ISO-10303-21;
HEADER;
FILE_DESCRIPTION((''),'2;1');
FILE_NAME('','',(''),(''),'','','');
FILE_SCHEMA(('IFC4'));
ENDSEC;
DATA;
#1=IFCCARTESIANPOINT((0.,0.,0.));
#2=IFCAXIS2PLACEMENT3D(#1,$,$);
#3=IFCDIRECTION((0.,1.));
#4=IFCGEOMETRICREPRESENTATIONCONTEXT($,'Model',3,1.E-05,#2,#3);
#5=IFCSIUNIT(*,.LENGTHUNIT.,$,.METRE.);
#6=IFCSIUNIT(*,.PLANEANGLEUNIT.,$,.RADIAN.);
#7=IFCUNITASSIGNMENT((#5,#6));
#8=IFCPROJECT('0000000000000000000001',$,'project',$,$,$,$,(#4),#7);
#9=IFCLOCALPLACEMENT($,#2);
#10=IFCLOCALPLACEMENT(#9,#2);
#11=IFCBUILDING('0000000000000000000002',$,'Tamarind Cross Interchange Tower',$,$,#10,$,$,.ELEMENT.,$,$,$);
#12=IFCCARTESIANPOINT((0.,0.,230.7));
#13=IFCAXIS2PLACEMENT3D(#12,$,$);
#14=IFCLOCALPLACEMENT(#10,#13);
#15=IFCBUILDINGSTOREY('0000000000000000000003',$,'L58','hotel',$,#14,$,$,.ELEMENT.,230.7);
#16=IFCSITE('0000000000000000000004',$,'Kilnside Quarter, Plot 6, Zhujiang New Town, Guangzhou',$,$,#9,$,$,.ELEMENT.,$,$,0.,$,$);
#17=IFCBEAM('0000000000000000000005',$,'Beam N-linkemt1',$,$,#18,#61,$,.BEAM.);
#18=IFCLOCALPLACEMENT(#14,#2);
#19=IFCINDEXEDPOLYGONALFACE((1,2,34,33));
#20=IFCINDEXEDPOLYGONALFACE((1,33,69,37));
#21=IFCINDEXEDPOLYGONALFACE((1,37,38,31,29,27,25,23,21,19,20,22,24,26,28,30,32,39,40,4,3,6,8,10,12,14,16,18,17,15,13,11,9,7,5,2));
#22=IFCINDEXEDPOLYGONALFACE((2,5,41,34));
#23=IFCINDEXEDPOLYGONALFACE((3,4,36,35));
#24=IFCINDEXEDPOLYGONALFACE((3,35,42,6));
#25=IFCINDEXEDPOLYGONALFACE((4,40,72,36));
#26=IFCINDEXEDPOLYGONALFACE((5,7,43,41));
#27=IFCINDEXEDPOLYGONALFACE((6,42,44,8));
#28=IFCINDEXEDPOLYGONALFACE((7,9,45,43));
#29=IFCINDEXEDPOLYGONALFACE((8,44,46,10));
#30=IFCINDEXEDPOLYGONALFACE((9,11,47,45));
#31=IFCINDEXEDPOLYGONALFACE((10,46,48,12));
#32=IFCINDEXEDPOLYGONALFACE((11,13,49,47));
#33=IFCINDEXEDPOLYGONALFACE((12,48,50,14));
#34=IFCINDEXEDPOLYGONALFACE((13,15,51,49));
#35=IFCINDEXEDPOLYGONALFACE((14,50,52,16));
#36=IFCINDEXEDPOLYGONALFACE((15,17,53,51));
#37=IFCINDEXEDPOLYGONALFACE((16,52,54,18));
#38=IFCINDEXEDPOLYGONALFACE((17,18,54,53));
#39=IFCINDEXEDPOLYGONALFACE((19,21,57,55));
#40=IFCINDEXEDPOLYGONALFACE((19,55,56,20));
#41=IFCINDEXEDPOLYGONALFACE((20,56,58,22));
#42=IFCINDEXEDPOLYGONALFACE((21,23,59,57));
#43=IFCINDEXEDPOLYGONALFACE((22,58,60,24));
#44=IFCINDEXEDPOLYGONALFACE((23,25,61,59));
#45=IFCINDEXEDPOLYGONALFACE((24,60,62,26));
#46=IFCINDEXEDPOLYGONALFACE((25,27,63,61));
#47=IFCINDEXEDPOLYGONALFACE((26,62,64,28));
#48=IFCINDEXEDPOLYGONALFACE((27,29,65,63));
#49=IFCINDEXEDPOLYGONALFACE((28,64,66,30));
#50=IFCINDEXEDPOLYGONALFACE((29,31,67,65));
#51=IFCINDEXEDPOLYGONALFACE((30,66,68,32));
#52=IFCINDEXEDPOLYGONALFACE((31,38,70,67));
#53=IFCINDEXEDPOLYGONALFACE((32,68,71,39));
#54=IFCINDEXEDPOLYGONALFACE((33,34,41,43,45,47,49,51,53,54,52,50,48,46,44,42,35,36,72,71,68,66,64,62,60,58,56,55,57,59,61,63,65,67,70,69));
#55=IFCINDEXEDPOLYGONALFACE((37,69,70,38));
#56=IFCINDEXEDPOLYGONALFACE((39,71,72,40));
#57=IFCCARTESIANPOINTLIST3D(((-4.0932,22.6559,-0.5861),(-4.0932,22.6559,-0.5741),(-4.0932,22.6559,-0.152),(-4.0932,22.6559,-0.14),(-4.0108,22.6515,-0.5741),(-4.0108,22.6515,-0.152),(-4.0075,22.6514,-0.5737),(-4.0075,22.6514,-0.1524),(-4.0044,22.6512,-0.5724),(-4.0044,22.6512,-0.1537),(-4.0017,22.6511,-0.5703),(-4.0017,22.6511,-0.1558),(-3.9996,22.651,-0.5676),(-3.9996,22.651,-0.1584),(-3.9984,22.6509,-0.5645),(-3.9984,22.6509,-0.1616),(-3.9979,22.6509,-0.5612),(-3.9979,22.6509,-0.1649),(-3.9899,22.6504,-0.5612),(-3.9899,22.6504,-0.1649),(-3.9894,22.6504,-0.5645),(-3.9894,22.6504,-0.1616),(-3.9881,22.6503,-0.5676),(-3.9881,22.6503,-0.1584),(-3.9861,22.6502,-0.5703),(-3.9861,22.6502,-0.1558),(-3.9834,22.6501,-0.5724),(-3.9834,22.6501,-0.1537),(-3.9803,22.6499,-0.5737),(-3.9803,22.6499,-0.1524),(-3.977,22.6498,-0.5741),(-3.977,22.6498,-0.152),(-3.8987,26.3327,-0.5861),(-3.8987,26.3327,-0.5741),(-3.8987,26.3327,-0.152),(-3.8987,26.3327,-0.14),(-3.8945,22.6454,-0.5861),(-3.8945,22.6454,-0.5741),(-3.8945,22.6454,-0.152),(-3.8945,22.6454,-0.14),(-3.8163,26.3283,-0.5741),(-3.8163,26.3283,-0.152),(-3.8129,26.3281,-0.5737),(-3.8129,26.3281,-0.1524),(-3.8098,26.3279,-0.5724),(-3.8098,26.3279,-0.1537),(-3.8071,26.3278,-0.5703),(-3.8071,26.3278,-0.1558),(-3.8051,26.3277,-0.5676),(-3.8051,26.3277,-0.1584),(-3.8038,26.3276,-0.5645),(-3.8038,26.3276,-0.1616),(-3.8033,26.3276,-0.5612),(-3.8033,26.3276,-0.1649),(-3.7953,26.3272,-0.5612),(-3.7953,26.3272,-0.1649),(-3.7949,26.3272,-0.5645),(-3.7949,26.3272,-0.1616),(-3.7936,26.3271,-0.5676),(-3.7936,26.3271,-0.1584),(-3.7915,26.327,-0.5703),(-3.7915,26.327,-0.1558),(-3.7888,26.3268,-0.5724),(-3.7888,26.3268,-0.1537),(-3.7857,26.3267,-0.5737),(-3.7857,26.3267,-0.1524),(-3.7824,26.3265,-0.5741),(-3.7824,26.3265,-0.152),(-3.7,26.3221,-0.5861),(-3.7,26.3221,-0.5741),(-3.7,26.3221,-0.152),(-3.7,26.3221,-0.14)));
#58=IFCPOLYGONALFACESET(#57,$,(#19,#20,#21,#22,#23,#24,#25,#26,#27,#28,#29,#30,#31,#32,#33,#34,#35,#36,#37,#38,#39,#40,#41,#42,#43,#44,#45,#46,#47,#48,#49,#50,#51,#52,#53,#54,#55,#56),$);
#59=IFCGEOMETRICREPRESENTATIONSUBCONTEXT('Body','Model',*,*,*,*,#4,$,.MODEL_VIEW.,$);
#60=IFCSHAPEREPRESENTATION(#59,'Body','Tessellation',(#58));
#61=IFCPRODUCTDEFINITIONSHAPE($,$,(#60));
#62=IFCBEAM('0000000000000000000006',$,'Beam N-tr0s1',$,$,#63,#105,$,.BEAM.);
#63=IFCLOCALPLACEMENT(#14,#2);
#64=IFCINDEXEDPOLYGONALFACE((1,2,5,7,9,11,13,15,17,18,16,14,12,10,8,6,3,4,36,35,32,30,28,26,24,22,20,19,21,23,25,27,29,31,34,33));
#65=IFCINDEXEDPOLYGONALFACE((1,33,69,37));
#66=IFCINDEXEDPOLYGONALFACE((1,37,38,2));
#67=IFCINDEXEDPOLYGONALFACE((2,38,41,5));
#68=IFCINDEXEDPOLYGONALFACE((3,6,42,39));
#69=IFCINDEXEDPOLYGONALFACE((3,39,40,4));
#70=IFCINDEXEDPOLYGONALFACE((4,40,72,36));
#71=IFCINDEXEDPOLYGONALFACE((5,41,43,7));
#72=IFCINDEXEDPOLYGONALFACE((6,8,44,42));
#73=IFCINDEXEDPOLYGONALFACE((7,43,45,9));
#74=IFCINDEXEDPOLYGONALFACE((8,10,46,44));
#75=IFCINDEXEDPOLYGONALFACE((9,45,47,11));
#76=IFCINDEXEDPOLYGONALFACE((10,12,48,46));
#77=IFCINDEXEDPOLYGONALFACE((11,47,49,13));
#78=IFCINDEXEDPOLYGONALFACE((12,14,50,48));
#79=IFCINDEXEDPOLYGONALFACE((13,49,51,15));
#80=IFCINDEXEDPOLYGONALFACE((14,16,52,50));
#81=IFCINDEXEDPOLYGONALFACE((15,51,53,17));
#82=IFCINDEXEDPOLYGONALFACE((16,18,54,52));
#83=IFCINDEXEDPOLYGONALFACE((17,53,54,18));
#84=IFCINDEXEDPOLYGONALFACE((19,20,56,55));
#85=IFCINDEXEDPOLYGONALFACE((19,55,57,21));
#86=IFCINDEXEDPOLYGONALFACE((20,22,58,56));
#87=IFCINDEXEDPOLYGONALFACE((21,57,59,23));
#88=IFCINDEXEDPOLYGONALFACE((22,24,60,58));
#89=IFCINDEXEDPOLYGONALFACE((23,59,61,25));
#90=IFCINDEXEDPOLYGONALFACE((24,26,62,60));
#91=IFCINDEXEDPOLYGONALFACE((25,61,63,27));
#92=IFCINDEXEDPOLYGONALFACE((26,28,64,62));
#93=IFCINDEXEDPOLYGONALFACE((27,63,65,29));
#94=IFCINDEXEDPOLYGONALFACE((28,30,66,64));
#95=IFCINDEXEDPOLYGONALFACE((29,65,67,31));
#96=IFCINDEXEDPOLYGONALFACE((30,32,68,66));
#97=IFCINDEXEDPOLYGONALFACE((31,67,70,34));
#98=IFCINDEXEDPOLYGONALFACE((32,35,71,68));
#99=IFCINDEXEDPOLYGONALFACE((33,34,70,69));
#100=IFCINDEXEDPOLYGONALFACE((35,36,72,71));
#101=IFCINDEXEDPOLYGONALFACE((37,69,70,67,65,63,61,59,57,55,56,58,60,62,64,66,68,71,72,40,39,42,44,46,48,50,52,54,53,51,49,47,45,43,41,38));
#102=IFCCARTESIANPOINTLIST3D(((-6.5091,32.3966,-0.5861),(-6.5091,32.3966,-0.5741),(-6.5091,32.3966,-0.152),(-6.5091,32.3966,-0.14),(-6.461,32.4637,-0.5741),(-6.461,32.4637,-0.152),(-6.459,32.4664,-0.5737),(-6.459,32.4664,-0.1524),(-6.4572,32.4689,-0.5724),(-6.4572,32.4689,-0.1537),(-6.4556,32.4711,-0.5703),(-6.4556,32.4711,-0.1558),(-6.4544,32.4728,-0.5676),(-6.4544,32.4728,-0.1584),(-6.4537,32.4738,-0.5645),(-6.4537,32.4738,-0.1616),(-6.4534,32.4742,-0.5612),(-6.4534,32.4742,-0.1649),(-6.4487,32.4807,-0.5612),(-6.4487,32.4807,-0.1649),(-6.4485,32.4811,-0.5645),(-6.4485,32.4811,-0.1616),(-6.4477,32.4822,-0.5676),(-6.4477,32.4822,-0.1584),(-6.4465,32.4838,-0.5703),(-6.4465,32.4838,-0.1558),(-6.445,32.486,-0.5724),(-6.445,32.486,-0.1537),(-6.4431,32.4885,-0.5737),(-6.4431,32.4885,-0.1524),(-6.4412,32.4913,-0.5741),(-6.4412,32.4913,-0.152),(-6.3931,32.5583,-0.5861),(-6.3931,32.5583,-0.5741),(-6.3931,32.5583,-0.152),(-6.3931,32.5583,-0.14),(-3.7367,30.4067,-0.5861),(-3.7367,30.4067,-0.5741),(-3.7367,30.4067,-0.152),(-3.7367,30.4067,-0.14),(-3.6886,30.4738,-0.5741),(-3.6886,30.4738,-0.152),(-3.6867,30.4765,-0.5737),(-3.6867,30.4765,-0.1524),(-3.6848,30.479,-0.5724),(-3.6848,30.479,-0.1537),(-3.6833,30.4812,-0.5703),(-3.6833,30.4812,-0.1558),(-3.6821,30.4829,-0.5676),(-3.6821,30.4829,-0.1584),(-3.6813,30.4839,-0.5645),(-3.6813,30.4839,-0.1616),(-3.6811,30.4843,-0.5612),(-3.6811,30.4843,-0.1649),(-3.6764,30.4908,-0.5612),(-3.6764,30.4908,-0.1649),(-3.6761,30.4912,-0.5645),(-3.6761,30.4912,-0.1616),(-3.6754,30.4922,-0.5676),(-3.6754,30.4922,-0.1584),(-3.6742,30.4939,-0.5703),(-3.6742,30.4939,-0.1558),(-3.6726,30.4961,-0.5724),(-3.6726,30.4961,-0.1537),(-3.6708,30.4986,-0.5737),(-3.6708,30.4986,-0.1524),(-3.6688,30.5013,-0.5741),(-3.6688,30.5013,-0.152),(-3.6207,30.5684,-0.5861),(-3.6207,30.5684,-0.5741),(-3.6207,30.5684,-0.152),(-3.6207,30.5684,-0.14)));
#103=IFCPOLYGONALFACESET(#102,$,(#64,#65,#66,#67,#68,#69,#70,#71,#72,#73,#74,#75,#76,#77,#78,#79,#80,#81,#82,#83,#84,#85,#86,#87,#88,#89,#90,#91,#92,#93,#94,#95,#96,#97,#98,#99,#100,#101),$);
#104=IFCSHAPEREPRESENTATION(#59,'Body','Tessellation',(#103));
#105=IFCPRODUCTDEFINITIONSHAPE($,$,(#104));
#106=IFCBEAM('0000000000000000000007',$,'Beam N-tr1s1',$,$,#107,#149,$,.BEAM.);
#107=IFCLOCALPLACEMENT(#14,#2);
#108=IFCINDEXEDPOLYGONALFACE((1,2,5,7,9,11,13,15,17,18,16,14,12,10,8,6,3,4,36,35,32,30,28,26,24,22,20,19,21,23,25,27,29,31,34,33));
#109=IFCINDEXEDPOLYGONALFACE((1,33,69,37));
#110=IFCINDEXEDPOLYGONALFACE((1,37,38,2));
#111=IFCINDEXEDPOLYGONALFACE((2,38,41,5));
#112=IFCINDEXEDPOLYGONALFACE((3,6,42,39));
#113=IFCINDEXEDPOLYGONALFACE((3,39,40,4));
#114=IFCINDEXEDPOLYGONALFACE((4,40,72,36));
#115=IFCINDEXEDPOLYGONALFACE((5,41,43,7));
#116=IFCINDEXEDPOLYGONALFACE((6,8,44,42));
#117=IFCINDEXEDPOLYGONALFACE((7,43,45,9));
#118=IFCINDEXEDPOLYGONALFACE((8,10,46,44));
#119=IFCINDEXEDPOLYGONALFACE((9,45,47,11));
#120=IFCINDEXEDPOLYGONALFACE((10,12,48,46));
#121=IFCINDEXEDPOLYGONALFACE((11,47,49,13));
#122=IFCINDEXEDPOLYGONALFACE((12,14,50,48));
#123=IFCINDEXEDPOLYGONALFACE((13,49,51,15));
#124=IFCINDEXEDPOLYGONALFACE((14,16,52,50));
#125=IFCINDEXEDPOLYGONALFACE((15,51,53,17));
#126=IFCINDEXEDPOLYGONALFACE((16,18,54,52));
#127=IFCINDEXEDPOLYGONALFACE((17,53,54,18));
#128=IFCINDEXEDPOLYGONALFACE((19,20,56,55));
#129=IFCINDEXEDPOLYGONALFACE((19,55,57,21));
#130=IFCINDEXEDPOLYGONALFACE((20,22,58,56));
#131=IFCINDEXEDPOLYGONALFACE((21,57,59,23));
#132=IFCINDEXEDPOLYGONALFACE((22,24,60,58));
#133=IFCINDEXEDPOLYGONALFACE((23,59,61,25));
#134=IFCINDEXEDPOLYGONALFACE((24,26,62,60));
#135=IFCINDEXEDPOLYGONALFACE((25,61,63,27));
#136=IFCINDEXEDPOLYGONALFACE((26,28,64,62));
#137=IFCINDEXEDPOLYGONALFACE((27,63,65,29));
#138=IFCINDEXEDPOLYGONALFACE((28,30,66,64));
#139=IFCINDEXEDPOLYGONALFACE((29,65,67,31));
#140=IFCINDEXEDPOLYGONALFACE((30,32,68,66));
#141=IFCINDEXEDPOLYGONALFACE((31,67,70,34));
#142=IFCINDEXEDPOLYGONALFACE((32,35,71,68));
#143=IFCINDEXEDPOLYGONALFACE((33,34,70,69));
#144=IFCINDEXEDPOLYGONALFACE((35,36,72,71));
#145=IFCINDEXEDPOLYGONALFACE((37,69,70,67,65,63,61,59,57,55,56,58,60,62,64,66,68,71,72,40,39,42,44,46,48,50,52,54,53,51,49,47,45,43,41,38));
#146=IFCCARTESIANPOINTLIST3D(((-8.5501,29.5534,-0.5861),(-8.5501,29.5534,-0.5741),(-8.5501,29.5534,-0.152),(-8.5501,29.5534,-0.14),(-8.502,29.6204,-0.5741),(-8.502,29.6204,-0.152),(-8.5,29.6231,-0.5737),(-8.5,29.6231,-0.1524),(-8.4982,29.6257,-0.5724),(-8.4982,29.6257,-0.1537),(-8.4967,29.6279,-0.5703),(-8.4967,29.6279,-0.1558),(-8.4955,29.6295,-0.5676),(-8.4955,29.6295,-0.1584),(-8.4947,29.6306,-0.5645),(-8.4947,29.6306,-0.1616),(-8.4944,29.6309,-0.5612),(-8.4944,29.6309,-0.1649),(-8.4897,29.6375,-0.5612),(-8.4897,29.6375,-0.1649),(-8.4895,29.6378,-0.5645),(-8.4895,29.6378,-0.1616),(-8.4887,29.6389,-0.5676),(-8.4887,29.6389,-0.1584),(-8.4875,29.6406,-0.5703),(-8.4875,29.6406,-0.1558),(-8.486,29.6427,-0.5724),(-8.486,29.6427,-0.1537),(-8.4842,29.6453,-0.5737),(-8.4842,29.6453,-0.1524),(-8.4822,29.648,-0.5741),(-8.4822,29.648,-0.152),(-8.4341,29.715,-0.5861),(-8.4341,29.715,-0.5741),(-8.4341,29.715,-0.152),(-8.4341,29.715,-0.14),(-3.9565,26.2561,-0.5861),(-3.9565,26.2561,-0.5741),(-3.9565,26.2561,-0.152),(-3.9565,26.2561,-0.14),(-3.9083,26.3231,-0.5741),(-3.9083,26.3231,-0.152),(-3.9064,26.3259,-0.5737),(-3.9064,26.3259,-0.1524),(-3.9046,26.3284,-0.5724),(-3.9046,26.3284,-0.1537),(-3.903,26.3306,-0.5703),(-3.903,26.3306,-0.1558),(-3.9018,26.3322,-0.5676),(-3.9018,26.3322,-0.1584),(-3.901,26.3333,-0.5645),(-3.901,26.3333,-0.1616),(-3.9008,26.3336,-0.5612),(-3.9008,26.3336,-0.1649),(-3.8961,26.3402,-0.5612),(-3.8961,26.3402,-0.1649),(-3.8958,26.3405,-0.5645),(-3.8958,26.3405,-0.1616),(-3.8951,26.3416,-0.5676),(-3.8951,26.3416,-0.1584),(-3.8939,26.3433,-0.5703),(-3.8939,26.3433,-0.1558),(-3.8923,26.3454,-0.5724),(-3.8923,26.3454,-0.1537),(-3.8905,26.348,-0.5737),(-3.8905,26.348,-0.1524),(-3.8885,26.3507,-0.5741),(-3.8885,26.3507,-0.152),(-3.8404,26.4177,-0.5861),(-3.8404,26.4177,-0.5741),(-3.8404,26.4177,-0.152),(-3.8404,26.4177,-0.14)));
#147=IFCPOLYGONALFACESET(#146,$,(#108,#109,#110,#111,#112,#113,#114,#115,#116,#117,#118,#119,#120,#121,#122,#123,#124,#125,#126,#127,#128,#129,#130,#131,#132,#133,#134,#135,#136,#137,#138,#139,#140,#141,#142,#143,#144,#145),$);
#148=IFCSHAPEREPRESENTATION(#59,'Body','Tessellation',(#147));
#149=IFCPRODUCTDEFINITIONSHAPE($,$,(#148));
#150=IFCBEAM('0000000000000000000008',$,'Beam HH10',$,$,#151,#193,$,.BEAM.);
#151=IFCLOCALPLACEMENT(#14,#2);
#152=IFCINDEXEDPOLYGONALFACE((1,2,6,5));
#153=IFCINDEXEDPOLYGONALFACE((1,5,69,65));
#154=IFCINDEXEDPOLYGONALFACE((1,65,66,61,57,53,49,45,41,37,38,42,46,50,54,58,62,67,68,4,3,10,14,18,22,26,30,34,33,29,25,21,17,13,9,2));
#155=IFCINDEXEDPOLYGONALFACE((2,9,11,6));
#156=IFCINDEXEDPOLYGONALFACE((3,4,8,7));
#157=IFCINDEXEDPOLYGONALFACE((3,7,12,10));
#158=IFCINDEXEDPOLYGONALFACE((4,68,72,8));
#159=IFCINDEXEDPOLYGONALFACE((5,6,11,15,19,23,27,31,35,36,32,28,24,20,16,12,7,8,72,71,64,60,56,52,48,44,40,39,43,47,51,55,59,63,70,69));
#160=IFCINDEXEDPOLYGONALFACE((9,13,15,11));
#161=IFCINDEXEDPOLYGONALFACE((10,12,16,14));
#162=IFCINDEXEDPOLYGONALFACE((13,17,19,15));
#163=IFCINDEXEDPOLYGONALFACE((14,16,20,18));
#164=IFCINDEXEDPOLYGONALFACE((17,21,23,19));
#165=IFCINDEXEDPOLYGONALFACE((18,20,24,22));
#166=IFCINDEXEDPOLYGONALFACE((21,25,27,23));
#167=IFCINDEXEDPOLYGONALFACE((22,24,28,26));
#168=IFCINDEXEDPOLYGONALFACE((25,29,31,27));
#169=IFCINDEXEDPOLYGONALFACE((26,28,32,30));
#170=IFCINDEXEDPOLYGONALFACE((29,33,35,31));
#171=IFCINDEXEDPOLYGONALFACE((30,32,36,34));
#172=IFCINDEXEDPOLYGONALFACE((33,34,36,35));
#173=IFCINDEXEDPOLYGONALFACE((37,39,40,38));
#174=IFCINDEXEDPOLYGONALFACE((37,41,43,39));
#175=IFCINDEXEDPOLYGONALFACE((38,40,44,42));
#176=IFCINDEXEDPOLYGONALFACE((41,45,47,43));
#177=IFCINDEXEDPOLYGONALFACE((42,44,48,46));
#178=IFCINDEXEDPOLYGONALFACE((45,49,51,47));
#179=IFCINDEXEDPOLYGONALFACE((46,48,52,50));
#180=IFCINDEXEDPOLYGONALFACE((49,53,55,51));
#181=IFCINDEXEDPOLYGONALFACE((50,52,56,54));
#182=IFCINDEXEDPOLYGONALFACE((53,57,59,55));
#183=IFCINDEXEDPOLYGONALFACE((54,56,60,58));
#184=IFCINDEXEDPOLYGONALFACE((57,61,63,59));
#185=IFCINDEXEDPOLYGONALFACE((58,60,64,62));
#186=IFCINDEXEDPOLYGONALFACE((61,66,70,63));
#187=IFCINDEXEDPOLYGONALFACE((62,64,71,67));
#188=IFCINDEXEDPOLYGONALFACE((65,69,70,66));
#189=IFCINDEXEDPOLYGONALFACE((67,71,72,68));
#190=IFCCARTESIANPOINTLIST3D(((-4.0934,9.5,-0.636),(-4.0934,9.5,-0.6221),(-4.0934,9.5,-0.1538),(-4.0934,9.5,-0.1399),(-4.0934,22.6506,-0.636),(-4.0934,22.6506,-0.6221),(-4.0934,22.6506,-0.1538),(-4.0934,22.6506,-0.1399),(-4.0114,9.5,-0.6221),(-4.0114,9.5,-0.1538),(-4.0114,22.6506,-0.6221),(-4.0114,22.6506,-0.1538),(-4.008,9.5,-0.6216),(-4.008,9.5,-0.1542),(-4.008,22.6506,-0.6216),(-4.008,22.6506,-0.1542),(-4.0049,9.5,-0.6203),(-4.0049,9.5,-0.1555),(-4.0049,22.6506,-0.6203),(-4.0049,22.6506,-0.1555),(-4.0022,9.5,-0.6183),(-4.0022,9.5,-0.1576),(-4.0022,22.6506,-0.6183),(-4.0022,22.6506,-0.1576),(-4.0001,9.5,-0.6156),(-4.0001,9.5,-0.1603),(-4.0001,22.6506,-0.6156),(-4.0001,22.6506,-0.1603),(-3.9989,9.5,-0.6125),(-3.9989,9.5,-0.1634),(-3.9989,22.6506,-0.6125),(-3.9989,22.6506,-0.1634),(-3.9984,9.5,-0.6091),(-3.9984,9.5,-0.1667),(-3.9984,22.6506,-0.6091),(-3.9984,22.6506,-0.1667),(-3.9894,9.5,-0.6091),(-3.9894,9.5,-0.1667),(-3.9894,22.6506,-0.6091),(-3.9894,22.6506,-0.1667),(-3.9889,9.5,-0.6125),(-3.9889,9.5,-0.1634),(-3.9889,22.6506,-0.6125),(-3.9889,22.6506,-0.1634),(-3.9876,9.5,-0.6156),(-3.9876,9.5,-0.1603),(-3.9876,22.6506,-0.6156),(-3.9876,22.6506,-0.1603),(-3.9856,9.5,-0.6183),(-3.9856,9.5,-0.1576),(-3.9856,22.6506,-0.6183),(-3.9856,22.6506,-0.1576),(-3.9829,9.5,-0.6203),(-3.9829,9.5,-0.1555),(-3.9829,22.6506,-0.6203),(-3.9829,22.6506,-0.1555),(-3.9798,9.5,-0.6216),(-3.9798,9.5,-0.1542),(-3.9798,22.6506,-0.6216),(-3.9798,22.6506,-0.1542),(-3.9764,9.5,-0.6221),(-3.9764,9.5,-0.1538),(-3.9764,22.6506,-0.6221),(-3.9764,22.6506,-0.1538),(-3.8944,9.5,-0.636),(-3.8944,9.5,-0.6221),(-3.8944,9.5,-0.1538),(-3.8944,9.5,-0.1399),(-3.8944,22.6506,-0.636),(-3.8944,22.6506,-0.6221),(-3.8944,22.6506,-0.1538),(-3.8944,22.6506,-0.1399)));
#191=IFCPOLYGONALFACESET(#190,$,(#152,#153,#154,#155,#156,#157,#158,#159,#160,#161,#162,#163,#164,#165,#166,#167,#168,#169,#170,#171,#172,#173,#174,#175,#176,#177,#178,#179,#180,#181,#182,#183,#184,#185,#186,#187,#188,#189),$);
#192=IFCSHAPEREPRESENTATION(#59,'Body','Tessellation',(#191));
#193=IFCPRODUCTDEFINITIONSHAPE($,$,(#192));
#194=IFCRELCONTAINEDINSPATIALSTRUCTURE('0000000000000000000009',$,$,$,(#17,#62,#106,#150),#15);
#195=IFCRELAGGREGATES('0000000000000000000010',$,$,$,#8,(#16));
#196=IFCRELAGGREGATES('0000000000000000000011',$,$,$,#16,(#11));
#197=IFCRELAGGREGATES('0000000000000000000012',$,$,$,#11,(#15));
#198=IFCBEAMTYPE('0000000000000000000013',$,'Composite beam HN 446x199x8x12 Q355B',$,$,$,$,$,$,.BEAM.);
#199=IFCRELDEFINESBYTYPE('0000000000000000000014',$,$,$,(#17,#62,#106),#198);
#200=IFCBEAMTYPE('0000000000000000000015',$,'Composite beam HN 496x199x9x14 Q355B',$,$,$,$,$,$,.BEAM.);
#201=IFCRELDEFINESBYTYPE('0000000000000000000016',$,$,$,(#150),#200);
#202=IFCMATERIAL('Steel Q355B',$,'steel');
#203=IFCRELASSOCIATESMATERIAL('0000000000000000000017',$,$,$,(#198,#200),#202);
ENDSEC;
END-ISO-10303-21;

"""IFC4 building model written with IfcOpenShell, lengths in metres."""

from ifc_helpers import new_model, si_unit, direction, frame, origin, origin_2d, place, context, subcontext, project, spatial, i_section, extrude, material, material_profile, profile_set, type_object, element, save


model = new_model("IFC4")

# Units and contexts
model_context = context("Model", 3, precision=1e-05, world=origin(), true_north=direction((0.0, 1.0)))
body_context = subcontext(model_context, "Body", "Model", "MODEL_VIEW")
ifc_project = project(units=[si_unit("LENGTHUNIT", "METRE"), si_unit("PLANEANGLEUNIT", "RADIAN")], contexts=[model_context])

# Site, building, storey
site_placement = place(None, origin())
site = spatial("IfcSite", under=ifc_project, at=site_placement, Name="Kilnside Quarter, Plot 6, Zhujiang New Town, Guangzhou", CompositionType="ELEMENT", RefElevation=0.0)
building_placement = place(site_placement, origin())
building = spatial("IfcBuilding", under=site, at=building_placement, Name="Tamarind Cross Interchange Tower", CompositionType="ELEMENT")
storey_placement = place(building_placement, frame((0.0, 0.0, 230.7)))
storey = spatial("IfcBuildingStorey", under=building, at=storey_placement, Name="L58", Description="hotel", CompositionType="ELEMENT", Elevation=230.7)

# Beams
ifc_material_1 = material(Name="Steel Q355B", Category="steel")
ifc_material_profile_1 = material_profile(ifc_material_1, i_section(OverallWidth=0.199, OverallDepth=0.446, WebThickness=0.0081, FlangeThickness=0.012, FilletRadius=0.0129, at=origin_2d()), Name="HN 446x199x8x12")
ifc_profile_set_1 = profile_set([ifc_material_profile_1], Name="Steel Q355B")
beam_type_1 = type_object("IfcBeamType", Name="Composite beam HN 446x199x8x12 Q355B", PredefinedType="BEAM", material=ifc_profile_set_1)
beam_1_placement = place(storey_placement, frame((-3.7993, 26.3274, -0.363), z_axis=(-0.052848, -0.998603, 0.0), x_axis=(0.998603, -0.052848, 0.0)))
element("IfcBeam", 1, at=beam_1_placement, inside=storey, type_object=beam_type_1, Name="Beam N-linkemt1", PredefinedType="BEAM", context=body_context, shape_type="SweptSolid", body=[
    extrude(i_section(OverallWidth=0.199, OverallDepth=0.446, WebThickness=0.0081, FlangeThickness=0.012, FilletRadius=0.0129, at=origin_2d()), origin(), (0.0, 0.0, 1.0), 3.6819),
])
beam_2_placement = place(storey_placement, frame((-3.6787, 30.4875, -0.363), z_axis=(-0.812392, 0.583111, 0.0), x_axis=(-0.583111, -0.812392, 0.0)))
element("IfcBeam", 2, at=beam_2_placement, inside=storey, type_object=beam_type_1, Name="Beam N-tr0s1", PredefinedType="BEAM", context=body_context, shape_type="SweptSolid", body=[
    extrude(i_section(OverallWidth=0.199, OverallDepth=0.446, WebThickness=0.0081, FlangeThickness=0.012, FilletRadius=0.0129, at=origin_2d()), origin(), (0.0, 0.0, 1.0), 3.4126),
])
beam_3_placement = place(storey_placement, frame((-3.8984, 26.3369, -0.363), z_axis=(-0.812384, 0.583124, 0.0), x_axis=(-0.583124, -0.812384, 0.0)))
element("IfcBeam", 3, at=beam_3_placement, inside=storey, type_object=beam_type_1, Name="Beam N-tr1s1", PredefinedType="BEAM", context=body_context, shape_type="SweptSolid", body=[
    extrude(i_section(OverallWidth=0.199, OverallDepth=0.446, WebThickness=0.0081, FlangeThickness=0.012, FilletRadius=0.0129, at=origin_2d()), origin(), (0.0, 0.0, 1.0), 5.6545),
])
ifc_material_profile_2 = material_profile(ifc_material_1, i_section(OverallWidth=0.199, OverallDepth=0.4961, WebThickness=0.009, FlangeThickness=0.0139, FilletRadius=0.0129, at=origin_2d()), Name="HN 496x199x9x14")
ifc_profile_set_2 = profile_set([ifc_material_profile_2], Name="Steel Q355B")
beam_type_2 = type_object("IfcBeamType", Name="Composite beam HN 496x199x9x14 Q355B", PredefinedType="BEAM", material=ifc_profile_set_2)
beam_4_placement = place(storey_placement, frame((-3.9939, 22.6506, -0.3879), z_axis=(0.0, -1.0, 0.0), x_axis=(1.0, 0.0, 0.0)))
element("IfcBeam", 4, at=beam_4_placement, inside=storey, type_object=beam_type_2, Name="Beam HH10", PredefinedType="BEAM", context=body_context, shape_type="SweptSolid", body=[
    extrude(i_section(OverallWidth=0.199, OverallDepth=0.4961, WebThickness=0.009, FlangeThickness=0.0139, FilletRadius=0.0129, at=origin_2d()), origin(), (0.0, 0.0, 1.0), 13.1506),
])

save(model, "model.ifc")
